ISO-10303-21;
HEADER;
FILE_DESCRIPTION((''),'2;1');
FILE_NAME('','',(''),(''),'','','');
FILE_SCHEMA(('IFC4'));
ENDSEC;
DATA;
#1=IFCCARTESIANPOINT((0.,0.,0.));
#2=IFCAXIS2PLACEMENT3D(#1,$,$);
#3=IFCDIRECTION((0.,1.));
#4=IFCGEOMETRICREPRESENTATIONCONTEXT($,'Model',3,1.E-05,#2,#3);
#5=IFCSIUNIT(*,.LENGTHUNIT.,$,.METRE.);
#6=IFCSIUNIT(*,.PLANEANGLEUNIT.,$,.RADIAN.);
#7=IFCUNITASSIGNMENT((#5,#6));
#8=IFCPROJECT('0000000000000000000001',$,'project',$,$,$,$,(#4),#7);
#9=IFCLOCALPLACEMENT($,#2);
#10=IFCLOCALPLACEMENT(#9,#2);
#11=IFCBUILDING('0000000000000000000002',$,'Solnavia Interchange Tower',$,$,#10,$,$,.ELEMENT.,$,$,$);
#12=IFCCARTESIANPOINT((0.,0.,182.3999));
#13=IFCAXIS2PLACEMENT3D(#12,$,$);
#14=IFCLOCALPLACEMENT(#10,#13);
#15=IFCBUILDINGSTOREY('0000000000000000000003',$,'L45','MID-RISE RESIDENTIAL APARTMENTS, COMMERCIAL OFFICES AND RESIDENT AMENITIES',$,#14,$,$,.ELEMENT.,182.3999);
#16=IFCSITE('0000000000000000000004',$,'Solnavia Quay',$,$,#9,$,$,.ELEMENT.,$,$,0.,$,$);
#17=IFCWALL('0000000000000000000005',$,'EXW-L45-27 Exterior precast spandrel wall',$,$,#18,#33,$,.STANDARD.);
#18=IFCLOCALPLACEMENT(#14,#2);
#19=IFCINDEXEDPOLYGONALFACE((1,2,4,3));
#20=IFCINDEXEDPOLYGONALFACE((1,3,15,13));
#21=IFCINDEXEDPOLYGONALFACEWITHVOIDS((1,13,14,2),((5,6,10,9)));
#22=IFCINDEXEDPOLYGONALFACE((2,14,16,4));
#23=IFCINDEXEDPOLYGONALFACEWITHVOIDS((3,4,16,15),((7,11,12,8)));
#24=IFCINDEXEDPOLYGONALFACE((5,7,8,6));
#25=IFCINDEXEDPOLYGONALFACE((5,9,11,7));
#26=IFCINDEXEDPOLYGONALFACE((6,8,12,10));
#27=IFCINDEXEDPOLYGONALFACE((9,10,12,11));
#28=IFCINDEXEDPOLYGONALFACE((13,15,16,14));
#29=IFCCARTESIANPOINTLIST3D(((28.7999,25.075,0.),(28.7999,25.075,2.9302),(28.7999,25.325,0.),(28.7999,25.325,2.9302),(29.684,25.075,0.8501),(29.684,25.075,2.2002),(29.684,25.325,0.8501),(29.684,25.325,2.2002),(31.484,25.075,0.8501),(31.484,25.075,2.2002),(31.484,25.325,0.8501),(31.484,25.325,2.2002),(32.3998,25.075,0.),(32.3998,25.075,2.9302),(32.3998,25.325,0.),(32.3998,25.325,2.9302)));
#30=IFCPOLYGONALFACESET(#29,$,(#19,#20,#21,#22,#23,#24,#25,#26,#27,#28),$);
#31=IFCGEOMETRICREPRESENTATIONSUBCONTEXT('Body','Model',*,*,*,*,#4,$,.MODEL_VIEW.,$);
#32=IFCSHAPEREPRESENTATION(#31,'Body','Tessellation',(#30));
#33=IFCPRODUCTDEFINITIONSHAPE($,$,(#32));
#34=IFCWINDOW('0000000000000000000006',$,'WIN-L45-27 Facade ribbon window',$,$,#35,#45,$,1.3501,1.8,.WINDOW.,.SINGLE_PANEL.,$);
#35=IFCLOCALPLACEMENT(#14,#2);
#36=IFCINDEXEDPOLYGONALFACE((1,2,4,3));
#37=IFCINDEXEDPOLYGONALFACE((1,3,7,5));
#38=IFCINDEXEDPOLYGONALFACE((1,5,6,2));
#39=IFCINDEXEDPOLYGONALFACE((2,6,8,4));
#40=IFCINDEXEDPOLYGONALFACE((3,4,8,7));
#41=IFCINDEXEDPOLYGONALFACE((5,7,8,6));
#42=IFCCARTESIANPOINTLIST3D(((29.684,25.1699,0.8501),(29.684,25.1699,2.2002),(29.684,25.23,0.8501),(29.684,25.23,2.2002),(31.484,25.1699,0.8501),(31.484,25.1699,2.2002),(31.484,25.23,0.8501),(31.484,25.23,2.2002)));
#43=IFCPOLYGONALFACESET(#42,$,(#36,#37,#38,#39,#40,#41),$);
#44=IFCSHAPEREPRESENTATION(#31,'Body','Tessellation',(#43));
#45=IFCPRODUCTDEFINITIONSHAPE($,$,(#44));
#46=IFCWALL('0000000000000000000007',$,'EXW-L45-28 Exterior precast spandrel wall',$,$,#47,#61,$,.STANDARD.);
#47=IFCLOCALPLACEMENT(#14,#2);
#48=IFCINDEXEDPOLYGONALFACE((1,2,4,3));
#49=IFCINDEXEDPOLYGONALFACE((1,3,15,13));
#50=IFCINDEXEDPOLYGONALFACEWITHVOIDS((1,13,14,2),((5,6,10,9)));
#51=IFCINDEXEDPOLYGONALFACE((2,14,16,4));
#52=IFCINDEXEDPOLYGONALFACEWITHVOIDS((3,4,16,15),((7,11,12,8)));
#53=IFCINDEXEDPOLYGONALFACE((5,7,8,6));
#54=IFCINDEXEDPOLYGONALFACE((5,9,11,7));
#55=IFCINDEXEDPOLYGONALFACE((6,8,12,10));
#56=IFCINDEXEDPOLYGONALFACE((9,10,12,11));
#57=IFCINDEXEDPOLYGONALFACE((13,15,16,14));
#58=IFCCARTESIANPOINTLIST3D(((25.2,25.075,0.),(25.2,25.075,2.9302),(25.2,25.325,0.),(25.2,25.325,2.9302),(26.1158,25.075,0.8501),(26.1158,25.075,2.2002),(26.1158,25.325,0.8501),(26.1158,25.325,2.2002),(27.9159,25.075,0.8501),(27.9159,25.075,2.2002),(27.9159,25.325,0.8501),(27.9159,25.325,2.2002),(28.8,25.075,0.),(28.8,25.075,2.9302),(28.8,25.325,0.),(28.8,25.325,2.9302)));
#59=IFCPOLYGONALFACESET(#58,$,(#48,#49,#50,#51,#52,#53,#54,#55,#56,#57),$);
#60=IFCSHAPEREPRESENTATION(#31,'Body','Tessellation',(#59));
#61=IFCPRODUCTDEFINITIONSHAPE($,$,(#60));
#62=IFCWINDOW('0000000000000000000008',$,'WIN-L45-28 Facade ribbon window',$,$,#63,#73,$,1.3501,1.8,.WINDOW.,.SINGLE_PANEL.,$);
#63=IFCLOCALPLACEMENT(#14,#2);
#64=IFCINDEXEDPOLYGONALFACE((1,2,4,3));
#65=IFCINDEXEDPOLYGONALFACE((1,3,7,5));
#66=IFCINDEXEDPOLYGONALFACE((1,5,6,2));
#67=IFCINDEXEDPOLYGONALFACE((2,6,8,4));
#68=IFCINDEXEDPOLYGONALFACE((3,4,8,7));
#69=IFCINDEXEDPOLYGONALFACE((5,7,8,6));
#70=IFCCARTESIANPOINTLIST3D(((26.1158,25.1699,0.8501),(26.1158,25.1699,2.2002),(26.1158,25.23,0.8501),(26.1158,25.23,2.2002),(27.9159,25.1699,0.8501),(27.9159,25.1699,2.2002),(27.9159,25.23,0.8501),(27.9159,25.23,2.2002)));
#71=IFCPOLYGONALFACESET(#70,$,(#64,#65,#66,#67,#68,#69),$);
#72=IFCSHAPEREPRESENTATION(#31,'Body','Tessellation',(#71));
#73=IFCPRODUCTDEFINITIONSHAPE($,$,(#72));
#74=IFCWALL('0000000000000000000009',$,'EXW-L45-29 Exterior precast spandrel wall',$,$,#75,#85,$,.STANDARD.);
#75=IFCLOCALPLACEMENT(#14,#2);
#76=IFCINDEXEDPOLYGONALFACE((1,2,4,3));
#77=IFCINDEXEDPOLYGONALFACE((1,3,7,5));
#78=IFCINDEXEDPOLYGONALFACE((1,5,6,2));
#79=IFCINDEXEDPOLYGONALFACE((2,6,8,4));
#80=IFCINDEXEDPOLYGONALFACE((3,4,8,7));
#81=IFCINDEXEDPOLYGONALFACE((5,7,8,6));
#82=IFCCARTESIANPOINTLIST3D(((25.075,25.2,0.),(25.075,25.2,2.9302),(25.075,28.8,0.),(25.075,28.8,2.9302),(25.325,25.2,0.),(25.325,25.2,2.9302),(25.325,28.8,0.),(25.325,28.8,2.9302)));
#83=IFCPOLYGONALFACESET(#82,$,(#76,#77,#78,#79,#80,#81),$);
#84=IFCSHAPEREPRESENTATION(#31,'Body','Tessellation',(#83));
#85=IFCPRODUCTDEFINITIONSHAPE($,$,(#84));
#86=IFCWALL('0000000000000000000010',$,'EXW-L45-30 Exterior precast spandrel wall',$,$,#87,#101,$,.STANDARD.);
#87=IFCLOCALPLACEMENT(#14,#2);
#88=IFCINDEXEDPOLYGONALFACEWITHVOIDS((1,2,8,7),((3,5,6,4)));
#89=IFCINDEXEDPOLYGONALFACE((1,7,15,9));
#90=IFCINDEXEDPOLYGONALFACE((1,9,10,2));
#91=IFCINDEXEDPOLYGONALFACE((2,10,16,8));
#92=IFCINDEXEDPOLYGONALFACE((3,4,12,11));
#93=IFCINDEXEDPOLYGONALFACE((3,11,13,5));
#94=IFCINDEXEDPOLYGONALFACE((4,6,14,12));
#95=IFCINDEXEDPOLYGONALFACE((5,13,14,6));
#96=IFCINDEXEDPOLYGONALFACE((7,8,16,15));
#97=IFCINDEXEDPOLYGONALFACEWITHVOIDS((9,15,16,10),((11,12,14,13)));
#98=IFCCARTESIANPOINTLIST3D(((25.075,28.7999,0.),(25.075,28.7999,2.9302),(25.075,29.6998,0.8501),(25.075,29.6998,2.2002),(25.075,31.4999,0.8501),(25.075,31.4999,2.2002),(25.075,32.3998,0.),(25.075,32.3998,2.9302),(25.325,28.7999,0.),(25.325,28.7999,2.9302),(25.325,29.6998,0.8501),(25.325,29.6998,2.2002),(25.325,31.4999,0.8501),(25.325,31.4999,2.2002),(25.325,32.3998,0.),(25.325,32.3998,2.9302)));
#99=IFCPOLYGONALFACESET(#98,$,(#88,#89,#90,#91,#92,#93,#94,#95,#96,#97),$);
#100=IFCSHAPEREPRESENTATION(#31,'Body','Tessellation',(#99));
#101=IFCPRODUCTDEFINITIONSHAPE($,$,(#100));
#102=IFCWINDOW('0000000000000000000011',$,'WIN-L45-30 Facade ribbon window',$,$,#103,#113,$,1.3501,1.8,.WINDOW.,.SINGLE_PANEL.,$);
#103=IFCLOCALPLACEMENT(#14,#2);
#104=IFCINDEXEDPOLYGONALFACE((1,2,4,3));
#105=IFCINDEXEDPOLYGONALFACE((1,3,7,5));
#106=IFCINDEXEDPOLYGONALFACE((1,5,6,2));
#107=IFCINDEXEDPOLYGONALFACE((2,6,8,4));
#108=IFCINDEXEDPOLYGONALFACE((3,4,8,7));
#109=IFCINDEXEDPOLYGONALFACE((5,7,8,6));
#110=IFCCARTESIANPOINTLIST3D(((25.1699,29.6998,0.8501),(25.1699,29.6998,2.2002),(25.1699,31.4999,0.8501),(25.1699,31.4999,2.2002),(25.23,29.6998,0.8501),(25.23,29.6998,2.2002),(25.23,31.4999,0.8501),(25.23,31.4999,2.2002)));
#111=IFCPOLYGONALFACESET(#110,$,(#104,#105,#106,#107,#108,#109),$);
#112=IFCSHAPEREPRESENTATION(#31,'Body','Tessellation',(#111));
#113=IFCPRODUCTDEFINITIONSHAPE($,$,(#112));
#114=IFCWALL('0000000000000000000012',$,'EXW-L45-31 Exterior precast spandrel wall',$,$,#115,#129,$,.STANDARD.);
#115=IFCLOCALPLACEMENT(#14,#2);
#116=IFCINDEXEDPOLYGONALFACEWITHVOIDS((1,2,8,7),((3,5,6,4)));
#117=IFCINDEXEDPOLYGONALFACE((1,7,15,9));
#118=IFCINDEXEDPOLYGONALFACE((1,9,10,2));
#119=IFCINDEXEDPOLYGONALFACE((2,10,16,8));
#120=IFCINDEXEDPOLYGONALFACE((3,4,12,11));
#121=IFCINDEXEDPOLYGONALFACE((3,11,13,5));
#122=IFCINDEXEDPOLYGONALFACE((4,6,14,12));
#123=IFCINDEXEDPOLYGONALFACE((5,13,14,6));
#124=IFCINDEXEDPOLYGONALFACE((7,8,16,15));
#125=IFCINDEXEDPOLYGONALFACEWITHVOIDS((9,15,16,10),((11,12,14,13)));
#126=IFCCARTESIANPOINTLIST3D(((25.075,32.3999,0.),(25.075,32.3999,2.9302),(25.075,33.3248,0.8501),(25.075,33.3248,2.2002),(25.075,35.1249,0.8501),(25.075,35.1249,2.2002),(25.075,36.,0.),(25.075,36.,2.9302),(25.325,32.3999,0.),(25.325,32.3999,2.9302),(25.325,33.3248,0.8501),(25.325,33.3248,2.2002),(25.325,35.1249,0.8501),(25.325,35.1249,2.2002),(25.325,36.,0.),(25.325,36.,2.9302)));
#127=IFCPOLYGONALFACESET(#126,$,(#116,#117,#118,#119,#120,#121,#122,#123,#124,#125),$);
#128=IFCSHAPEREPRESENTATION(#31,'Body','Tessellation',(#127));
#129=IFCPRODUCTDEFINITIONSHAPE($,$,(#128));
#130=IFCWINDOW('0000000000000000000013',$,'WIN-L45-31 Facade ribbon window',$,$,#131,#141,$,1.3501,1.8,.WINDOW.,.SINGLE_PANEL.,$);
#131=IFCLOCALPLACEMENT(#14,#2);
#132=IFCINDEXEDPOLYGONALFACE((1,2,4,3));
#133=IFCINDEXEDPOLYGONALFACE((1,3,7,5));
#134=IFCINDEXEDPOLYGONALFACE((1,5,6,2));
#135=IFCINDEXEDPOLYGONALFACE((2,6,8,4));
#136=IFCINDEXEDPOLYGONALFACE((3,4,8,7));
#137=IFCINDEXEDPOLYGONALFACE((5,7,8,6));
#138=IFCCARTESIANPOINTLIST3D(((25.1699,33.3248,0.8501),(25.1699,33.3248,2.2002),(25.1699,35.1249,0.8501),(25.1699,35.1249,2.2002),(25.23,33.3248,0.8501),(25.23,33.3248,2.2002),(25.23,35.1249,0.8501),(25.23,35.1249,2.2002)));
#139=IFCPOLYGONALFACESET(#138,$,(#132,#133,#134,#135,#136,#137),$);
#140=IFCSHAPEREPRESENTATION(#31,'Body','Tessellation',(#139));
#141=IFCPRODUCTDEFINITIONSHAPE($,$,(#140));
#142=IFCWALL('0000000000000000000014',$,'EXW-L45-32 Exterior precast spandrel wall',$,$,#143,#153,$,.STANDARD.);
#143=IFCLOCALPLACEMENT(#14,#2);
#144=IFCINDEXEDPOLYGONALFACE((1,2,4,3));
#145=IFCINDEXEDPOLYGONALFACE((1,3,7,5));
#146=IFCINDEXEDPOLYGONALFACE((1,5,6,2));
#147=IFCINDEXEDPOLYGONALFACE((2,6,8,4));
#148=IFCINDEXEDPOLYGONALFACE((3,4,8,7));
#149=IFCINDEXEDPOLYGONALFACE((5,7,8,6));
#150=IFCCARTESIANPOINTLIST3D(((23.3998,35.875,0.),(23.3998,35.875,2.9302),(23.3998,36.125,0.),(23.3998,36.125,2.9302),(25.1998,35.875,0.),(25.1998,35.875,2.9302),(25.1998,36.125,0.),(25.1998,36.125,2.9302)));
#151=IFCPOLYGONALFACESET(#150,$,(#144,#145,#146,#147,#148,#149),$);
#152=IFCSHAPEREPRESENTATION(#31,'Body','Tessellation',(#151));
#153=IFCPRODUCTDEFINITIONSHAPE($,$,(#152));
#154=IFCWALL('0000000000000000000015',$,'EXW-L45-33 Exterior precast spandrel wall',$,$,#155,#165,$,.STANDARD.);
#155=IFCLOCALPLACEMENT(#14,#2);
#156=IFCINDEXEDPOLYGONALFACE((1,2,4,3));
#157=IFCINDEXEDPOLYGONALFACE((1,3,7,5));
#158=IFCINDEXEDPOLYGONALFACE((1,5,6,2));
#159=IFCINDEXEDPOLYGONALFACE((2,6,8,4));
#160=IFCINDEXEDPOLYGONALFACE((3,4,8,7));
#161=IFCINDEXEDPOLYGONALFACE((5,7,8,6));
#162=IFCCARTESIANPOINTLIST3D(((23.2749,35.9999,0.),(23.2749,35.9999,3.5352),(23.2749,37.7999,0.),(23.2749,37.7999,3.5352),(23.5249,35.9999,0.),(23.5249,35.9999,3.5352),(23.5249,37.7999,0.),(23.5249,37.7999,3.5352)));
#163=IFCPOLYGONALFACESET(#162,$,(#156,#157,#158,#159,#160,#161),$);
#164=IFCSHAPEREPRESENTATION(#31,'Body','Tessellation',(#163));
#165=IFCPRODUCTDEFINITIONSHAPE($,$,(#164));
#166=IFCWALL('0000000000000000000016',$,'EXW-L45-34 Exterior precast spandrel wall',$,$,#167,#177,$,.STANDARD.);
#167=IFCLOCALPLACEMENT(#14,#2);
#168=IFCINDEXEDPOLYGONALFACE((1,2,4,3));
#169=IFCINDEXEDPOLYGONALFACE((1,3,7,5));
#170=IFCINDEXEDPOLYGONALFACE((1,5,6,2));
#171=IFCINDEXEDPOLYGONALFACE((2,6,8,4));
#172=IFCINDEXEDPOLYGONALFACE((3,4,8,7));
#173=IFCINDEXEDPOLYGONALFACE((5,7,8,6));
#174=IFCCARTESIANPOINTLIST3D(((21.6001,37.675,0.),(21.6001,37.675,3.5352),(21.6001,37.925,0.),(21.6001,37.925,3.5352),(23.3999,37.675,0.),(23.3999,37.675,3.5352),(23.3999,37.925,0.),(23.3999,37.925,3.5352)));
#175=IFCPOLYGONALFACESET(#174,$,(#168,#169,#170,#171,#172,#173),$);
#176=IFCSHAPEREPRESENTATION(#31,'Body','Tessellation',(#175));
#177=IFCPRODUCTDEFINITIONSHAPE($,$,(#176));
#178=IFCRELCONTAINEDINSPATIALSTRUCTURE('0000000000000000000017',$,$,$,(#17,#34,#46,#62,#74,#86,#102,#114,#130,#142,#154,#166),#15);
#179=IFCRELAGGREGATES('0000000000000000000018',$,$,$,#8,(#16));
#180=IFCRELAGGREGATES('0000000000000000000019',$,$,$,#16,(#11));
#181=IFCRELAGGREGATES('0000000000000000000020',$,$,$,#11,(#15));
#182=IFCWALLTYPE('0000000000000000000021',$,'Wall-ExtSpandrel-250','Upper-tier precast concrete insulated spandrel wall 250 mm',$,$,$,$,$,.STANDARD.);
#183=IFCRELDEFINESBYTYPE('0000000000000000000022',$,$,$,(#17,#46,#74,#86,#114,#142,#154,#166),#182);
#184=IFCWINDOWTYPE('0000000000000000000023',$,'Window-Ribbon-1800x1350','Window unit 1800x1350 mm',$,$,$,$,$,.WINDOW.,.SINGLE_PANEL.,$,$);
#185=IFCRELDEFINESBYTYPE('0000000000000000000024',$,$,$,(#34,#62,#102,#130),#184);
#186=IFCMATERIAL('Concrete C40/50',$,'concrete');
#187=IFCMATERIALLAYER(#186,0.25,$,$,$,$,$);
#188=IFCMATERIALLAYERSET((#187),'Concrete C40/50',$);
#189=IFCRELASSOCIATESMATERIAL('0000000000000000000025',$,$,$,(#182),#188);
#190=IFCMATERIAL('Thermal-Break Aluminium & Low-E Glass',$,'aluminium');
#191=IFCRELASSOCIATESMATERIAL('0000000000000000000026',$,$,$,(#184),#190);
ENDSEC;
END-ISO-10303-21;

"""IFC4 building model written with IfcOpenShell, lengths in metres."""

from ifc_helpers import new_model, si_unit, direction, frame, frame_2d, origin, place, context, subcontext, project, spatial, rectangle, extrude, material, layer, layer_set, type_object, element, fill, save


model = new_model("IFC4")

# Units and contexts
model_context = context("Model", 3, precision=1e-05, world=origin(), true_north=direction((0.0, 1.0)))
body_context = subcontext(model_context, "Body", "Model", "MODEL_VIEW")
ifc_project = project(units=[si_unit("LENGTHUNIT", "METRE"), si_unit("PLANEANGLEUNIT", "RADIAN")], contexts=[model_context])

# Site, building, storey
site_placement = place(None, origin())
site = spatial("IfcSite", under=ifc_project, at=site_placement, Name="Solnavia Quay", CompositionType="ELEMENT", RefElevation=0.0)
building_placement = place(site_placement, origin())
building = spatial("IfcBuilding", under=site, at=building_placement, Name="Solnavia Interchange Tower", CompositionType="ELEMENT")
storey_placement = place(building_placement, frame((0.0, 0.0, 182.3999)))
storey = spatial("IfcBuildingStorey", under=building, at=storey_placement, Name="L45", Description="MID-RISE RESIDENTIAL APARTMENTS, COMMERCIAL OFFICES AND RESIDENT AMENITIES", CompositionType="ELEMENT", Elevation=182.3999)

# Walls, openings, windows
ifc_material_1 = material(Name="Concrete C40/50", Category="concrete")
ifc_layer_1 = layer(ifc_material_1, 0.25)
ifc_layer_set_1 = layer_set([ifc_layer_1], Name="Concrete C40/50")
wall_type = type_object("IfcWallType", Name="Wall-ExtSpandrel-250", Description="Upper-tier precast concrete insulated spandrel wall 250 mm", PredefinedType="STANDARD", material=ifc_layer_set_1)
wall_1_placement = place(storey_placement, frame((28.8, 25.2, 0.0), z_axis=(0.0, 0.0, 1.0), x_axis=(1.0, 0.0, 0.0)))
wall_1 = element("IfcWall", 1, at=wall_1_placement, inside=storey, type_object=wall_type, Name="EXW-L45-27 Exterior precast spandrel wall", PredefinedType="STANDARD", context=body_context, shape_type="SweptSolid", body=[
    extrude(rectangle(XDim=3.5999, YDim=0.25, at=frame_2d((1.7998, 0.0))), origin(), (0.0, 0.0, 1.0), 2.9302),
])
opening_1_placement = place(wall_1_placement, frame((0.884, 0.0, 0.8501)))
opening_1 = element("IfcOpeningElement", 2, at=opening_1_placement, cuts=wall_1, PredefinedType="OPENING", context=body_context, shape_type="SweptSolid", body=[
    extrude(rectangle(XDim=1.8, YDim=1.3501, at=frame_2d((0.8999, 0.675))), frame((0.0, 0.135, 0.0), z_axis=(0.0, -1.0, 0.0), x_axis=(1.0, 0.0, 0.0)), (0.0, 0.0, 1.0), 0.27),
])
ifc_material_2 = material(Name="Thermal-Break Aluminium & Low-E Glass", Category="aluminium")
window_type = type_object("IfcWindowType", Name="Window-Ribbon-1800x1350", Description="Window unit 1800x1350 mm", PartitioningType="SINGLE_PANEL", PredefinedType="WINDOW", material=ifc_material_2)
window_1_placement = place(opening_1_placement, origin())
window_1 = element("IfcWindow", 3, at=window_1_placement, inside=storey, type_object=window_type, Name="WIN-L45-27 Facade ribbon window", OverallHeight=1.3501, OverallWidth=1.8, PartitioningType="SINGLE_PANEL", PredefinedType="WINDOW", context=body_context, shape_type="SweptSolid", body=[
    extrude(rectangle(XDim=1.8, YDim=1.3501, at=frame_2d((0.8999, 0.675))), frame((0.0, 0.03, 0.0), z_axis=(0.0, -1.0, 0.0), x_axis=(1.0, 0.0, 0.0)), (0.0, 0.0, 1.0), 0.0601),
])
fill(opening_1, window_1)
wall_2_placement = place(storey_placement, frame((25.2, 25.2, 0.0), z_axis=(0.0, 0.0, 1.0), x_axis=(1.0, 0.0, 0.0)))
wall_2 = element("IfcWall", 4, at=wall_2_placement, inside=storey, type_object=wall_type, Name="EXW-L45-28 Exterior precast spandrel wall", PredefinedType="STANDARD", context=body_context, shape_type="SweptSolid", body=[
    extrude(rectangle(XDim=3.6001, YDim=0.25, at=frame_2d((1.8, 0.0))), origin(), (0.0, 0.0, 1.0), 2.9302),
])
opening_2_placement = place(wall_2_placement, frame((0.916, 0.0, 0.8501)))
opening_2 = element("IfcOpeningElement", 5, at=opening_2_placement, cuts=wall_2, PredefinedType="OPENING", context=body_context, shape_type="SweptSolid", body=[
    extrude(rectangle(XDim=1.8, YDim=1.3501, at=frame_2d((0.8999, 0.675))), frame((0.0, 0.135, 0.0), z_axis=(0.0, -1.0, 0.0), x_axis=(1.0, 0.0, 0.0)), (0.0, 0.0, 1.0), 0.27),
])
window_2_placement = place(opening_2_placement, origin())
window_2 = element("IfcWindow", 6, at=window_2_placement, inside=storey, type_object=window_type, Name="WIN-L45-28 Facade ribbon window", OverallHeight=1.3501, OverallWidth=1.8, PartitioningType="SINGLE_PANEL", PredefinedType="WINDOW", context=body_context, shape_type="SweptSolid", body=[
    extrude(rectangle(XDim=1.8, YDim=1.3501, at=frame_2d((0.8999, 0.675))), frame((0.0, 0.03, 0.0), z_axis=(0.0, -1.0, 0.0), x_axis=(1.0, 0.0, 0.0)), (0.0, 0.0, 1.0), 0.0601),
])
fill(opening_2, window_2)

# Wall
wall_3_placement = place(storey_placement, frame((25.2, 25.2, 0.0), z_axis=(0.0, 0.0, 1.0), x_axis=(0.0, 1.0, 0.0)))
element("IfcWall", 7, at=wall_3_placement, inside=storey, type_object=wall_type, Name="EXW-L45-29 Exterior precast spandrel wall", PredefinedType="STANDARD", context=body_context, shape_type="SweptSolid", body=[
    extrude(rectangle(XDim=3.6001, YDim=0.25, at=frame_2d((1.8, 0.0))), origin(), (0.0, 0.0, 1.0), 2.9302),
])

# Walls, openings, windows
wall_4_placement = place(storey_placement, frame((25.2, 28.8, 0.0), z_axis=(0.0, 0.0, 1.0), x_axis=(0.0, 1.0, 0.0)))
wall_4 = element("IfcWall", 8, at=wall_4_placement, inside=storey, type_object=wall_type, Name="EXW-L45-30 Exterior precast spandrel wall", PredefinedType="STANDARD", context=body_context, shape_type="SweptSolid", body=[
    extrude(rectangle(XDim=3.5999, YDim=0.25, at=frame_2d((1.7998, 0.0))), origin(), (0.0, 0.0, 1.0), 2.9302),
])
opening_3_placement = place(wall_4_placement, frame((0.8999, 0.0, 0.8501)))
opening_3 = element("IfcOpeningElement", 9, at=opening_3_placement, cuts=wall_4, PredefinedType="OPENING", context=body_context, shape_type="SweptSolid", body=[
    extrude(rectangle(XDim=1.8, YDim=1.3501, at=frame_2d((0.8999, 0.675))), frame((0.0, 0.135, 0.0), z_axis=(0.0, -1.0, 0.0), x_axis=(1.0, 0.0, 0.0)), (0.0, 0.0, 1.0), 0.27),
])
window_3_placement = place(opening_3_placement, origin())
window_3 = element("IfcWindow", 10, at=window_3_placement, inside=storey, type_object=window_type, Name="WIN-L45-30 Facade ribbon window", OverallHeight=1.3501, OverallWidth=1.8, PartitioningType="SINGLE_PANEL", PredefinedType="WINDOW", context=body_context, shape_type="SweptSolid", body=[
    extrude(rectangle(XDim=1.8, YDim=1.3501, at=frame_2d((0.8999, 0.675))), frame((0.0, 0.03, 0.0), z_axis=(0.0, -1.0, 0.0), x_axis=(1.0, 0.0, 0.0)), (0.0, 0.0, 1.0), 0.0601),
])
fill(opening_3, window_3)
wall_5_placement = place(storey_placement, frame((25.2, 32.3999, 0.0), z_axis=(0.0, 0.0, 1.0), x_axis=(0.0, 1.0, 0.0)))
wall_5 = element("IfcWall", 11, at=wall_5_placement, inside=storey, type_object=wall_type, Name="EXW-L45-31 Exterior precast spandrel wall", PredefinedType="STANDARD", context=body_context, shape_type="SweptSolid", body=[
    extrude(rectangle(XDim=3.6001, YDim=0.25, at=frame_2d((1.8, 0.0))), origin(), (0.0, 0.0, 1.0), 2.9302),
])
opening_4_placement = place(wall_5_placement, frame((0.925, 0.0, 0.8501)))
opening_4 = element("IfcOpeningElement", 12, at=opening_4_placement, cuts=wall_5, PredefinedType="OPENING", context=body_context, shape_type="SweptSolid", body=[
    extrude(rectangle(XDim=1.8, YDim=1.3501, at=frame_2d((0.8999, 0.675))), frame((0.0, 0.135, 0.0), z_axis=(0.0, -1.0, 0.0), x_axis=(1.0, 0.0, 0.0)), (0.0, 0.0, 1.0), 0.27),
])
window_4_placement = place(opening_4_placement, origin())
window_4 = element("IfcWindow", 13, at=window_4_placement, inside=storey, type_object=window_type, Name="WIN-L45-31 Facade ribbon window", OverallHeight=1.3501, OverallWidth=1.8, PartitioningType="SINGLE_PANEL", PredefinedType="WINDOW", context=body_context, shape_type="SweptSolid", body=[
    extrude(rectangle(XDim=1.8, YDim=1.3501, at=frame_2d((0.8999, 0.675))), frame((0.0, 0.03, 0.0), z_axis=(0.0, -1.0, 0.0), x_axis=(1.0, 0.0, 0.0)), (0.0, 0.0, 1.0), 0.0601),
])
fill(opening_4, window_4)

# Walls
wall_6_placement = place(storey_placement, frame((23.3999, 36.0, 0.0), z_axis=(0.0, 0.0, 1.0), x_axis=(1.0, 0.0, 0.0)))
element("IfcWall", 14, at=wall_6_placement, inside=storey, type_object=wall_type, Name="EXW-L45-32 Exterior precast spandrel wall", PredefinedType="STANDARD", context=body_context, shape_type="SweptSolid", body=[
    extrude(rectangle(XDim=1.8, YDim=0.25, at=frame_2d((0.8999, 0.0))), origin(), (0.0, 0.0, 1.0), 2.9302),
])
wall_7_placement = place(storey_placement, frame((23.3999, 36.0, 0.0), z_axis=(0.0, 0.0, 1.0), x_axis=(0.0, 1.0, 0.0)))
element("IfcWall", 15, at=wall_7_placement, inside=storey, type_object=wall_type, Name="EXW-L45-33 Exterior precast spandrel wall", PredefinedType="STANDARD", context=body_context, shape_type="SweptSolid", body=[
    extrude(rectangle(XDim=1.8, YDim=0.25, at=frame_2d((0.8999, 0.0))), origin(), (0.0, 0.0, 1.0), 3.5352),
])
wall_8_placement = place(storey_placement, frame((21.6001, 37.8, 0.0), z_axis=(0.0, 0.0, 1.0), x_axis=(1.0, 0.0, 0.0)))
element("IfcWall", 16, at=wall_8_placement, inside=storey, type_object=wall_type, Name="EXW-L45-34 Exterior precast spandrel wall", PredefinedType="STANDARD", context=body_context, shape_type="SweptSolid", body=[
    extrude(rectangle(XDim=1.7998, YDim=0.25, at=frame_2d((0.8999, 0.0))), origin(), (0.0, 0.0, 1.0), 3.5352),
])

save(model, "model.ifc")
